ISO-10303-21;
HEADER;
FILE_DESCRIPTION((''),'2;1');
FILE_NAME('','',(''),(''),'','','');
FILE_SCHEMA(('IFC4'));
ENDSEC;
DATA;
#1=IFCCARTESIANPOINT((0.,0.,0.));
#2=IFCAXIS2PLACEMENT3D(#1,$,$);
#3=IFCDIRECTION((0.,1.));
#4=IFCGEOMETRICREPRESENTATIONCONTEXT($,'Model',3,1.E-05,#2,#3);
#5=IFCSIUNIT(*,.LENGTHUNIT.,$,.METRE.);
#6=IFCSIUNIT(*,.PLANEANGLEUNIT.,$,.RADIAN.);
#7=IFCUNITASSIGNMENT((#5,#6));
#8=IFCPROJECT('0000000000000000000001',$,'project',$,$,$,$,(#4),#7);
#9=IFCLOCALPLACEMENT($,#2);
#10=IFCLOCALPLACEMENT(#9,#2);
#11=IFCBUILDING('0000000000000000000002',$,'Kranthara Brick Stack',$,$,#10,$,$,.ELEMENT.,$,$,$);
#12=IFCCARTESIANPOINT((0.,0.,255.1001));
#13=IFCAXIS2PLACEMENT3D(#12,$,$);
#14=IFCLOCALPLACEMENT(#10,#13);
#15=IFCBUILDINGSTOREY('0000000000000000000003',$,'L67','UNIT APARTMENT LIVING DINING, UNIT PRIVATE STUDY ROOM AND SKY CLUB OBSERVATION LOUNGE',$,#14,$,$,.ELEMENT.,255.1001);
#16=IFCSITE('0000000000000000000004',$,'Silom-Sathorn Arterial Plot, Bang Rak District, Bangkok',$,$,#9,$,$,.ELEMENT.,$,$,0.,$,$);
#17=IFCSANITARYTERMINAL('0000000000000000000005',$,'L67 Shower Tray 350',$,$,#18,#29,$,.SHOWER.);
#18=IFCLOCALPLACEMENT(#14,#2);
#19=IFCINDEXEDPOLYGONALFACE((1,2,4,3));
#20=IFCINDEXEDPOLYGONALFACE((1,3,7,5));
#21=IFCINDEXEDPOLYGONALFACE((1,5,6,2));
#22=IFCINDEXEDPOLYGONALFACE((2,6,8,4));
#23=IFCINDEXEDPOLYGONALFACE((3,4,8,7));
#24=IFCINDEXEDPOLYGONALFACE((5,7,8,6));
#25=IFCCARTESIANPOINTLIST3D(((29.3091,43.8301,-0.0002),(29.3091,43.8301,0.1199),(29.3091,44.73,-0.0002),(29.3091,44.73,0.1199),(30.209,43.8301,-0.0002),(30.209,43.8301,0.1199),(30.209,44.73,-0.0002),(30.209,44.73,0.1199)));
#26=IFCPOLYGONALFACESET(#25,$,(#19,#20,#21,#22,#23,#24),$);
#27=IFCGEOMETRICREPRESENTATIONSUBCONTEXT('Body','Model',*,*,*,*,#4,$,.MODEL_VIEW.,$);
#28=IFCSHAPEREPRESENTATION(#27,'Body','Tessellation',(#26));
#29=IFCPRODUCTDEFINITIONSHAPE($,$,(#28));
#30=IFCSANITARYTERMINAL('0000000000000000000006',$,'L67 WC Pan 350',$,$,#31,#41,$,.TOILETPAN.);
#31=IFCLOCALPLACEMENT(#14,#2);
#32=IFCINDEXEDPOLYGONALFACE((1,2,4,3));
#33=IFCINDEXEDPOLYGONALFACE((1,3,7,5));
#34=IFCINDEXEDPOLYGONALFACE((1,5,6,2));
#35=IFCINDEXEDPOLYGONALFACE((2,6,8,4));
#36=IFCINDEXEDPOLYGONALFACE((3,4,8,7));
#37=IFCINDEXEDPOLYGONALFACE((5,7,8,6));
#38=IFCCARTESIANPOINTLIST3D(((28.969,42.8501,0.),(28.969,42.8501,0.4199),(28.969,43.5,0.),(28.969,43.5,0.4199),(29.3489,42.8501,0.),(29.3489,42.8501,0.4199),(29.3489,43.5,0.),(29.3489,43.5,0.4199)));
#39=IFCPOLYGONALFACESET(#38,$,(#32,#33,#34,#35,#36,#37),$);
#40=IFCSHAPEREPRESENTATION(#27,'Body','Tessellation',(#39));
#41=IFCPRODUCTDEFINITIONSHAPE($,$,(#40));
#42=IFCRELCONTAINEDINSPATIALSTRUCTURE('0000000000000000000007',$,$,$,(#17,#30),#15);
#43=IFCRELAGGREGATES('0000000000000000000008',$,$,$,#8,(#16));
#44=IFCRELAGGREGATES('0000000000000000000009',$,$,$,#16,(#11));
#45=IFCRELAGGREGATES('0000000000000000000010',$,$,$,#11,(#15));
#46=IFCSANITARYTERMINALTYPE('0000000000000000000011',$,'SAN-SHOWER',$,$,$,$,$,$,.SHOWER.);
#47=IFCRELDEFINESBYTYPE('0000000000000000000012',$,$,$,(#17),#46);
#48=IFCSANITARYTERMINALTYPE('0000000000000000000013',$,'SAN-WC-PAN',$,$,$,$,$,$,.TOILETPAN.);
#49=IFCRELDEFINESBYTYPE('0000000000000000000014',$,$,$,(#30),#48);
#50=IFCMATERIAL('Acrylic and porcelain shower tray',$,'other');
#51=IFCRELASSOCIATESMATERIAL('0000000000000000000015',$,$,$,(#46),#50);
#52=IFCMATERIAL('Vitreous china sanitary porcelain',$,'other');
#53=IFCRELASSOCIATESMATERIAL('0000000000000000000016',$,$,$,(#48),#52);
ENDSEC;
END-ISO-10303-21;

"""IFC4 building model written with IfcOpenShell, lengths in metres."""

from ifc_helpers import new_model, si_unit, direction, frame, origin, origin_2d, place, context, subcontext, project, spatial, rectangle, extrude, material, type_object, element, save


model = new_model("IFC4")

# Units and contexts
model_context = context("Model", 3, precision=1e-05, world=origin(), true_north=direction((0.0, 1.0)))
body_context = subcontext(model_context, "Body", "Model", "MODEL_VIEW")
ifc_project = project(units=[si_unit("LENGTHUNIT", "METRE"), si_unit("PLANEANGLEUNIT", "RADIAN")], contexts=[model_context])

# Site, building, storey
site_placement = place(None, origin())
site = spatial("IfcSite", under=ifc_project, at=site_placement, Name="Silom-Sathorn Arterial Plot, Bang Rak District, Bangkok", CompositionType="ELEMENT", RefElevation=0.0)
building_placement = place(site_placement, origin())
building = spatial("IfcBuilding", under=site, at=building_placement, Name="Kranthara Brick Stack", CompositionType="ELEMENT")
storey_placement = place(building_placement, frame((0.0, 0.0, 255.1001)))
storey = spatial("IfcBuildingStorey", under=building, at=storey_placement, Name="L67", Description="UNIT APARTMENT LIVING DINING, UNIT PRIVATE STUDY ROOM AND SKY CLUB OBSERVATION LOUNGE", CompositionType="ELEMENT", Elevation=255.1001)

# Sanitary terminals
ifc_material_1 = material(Name="Acrylic and porcelain shower tray", Category="other")
sanitary_terminal_type_1 = type_object("IfcSanitaryTerminalType", Name="SAN-SHOWER", PredefinedType="SHOWER", material=ifc_material_1)
sanitary_terminal_1_placement = place(storey_placement, frame((29.759, 44.28, -0.0002), z_axis=(0.0, 0.0, 1.0), x_axis=(1.0, 0.0, 0.0)))
element("IfcSanitaryTerminal", 1, at=sanitary_terminal_1_placement, inside=storey, type_object=sanitary_terminal_type_1, Name="L67 Shower Tray 350", PredefinedType="SHOWER", context=body_context, shape_type="SweptSolid", body=[
    extrude(rectangle(XDim=0.8999, YDim=0.8999, at=origin_2d()), origin(), (0.0, 0.0, 1.0), 0.1201),
])
ifc_material_2 = material(Name="Vitreous china sanitary porcelain", Category="other")
sanitary_terminal_type_2 = type_object("IfcSanitaryTerminalType", Name="SAN-WC-PAN", PredefinedType="TOILETPAN", material=ifc_material_2)
sanitary_terminal_2_placement = place(storey_placement, frame((29.1589, 43.175, 0.0), z_axis=(0.0, 0.0, 1.0), x_axis=(1.0, 0.0, 0.0)))
element("IfcSanitaryTerminal", 2, at=sanitary_terminal_2_placement, inside=storey, type_object=sanitary_terminal_type_2, Name="L67 WC Pan 350", PredefinedType="TOILETPAN", context=body_context, shape_type="SweptSolid", body=[
    extrude(rectangle(XDim=0.3799, YDim=0.6499, at=origin_2d()), origin(), (0.0, 0.0, 1.0), 0.4199),
])

save(model, "model.ifc")
